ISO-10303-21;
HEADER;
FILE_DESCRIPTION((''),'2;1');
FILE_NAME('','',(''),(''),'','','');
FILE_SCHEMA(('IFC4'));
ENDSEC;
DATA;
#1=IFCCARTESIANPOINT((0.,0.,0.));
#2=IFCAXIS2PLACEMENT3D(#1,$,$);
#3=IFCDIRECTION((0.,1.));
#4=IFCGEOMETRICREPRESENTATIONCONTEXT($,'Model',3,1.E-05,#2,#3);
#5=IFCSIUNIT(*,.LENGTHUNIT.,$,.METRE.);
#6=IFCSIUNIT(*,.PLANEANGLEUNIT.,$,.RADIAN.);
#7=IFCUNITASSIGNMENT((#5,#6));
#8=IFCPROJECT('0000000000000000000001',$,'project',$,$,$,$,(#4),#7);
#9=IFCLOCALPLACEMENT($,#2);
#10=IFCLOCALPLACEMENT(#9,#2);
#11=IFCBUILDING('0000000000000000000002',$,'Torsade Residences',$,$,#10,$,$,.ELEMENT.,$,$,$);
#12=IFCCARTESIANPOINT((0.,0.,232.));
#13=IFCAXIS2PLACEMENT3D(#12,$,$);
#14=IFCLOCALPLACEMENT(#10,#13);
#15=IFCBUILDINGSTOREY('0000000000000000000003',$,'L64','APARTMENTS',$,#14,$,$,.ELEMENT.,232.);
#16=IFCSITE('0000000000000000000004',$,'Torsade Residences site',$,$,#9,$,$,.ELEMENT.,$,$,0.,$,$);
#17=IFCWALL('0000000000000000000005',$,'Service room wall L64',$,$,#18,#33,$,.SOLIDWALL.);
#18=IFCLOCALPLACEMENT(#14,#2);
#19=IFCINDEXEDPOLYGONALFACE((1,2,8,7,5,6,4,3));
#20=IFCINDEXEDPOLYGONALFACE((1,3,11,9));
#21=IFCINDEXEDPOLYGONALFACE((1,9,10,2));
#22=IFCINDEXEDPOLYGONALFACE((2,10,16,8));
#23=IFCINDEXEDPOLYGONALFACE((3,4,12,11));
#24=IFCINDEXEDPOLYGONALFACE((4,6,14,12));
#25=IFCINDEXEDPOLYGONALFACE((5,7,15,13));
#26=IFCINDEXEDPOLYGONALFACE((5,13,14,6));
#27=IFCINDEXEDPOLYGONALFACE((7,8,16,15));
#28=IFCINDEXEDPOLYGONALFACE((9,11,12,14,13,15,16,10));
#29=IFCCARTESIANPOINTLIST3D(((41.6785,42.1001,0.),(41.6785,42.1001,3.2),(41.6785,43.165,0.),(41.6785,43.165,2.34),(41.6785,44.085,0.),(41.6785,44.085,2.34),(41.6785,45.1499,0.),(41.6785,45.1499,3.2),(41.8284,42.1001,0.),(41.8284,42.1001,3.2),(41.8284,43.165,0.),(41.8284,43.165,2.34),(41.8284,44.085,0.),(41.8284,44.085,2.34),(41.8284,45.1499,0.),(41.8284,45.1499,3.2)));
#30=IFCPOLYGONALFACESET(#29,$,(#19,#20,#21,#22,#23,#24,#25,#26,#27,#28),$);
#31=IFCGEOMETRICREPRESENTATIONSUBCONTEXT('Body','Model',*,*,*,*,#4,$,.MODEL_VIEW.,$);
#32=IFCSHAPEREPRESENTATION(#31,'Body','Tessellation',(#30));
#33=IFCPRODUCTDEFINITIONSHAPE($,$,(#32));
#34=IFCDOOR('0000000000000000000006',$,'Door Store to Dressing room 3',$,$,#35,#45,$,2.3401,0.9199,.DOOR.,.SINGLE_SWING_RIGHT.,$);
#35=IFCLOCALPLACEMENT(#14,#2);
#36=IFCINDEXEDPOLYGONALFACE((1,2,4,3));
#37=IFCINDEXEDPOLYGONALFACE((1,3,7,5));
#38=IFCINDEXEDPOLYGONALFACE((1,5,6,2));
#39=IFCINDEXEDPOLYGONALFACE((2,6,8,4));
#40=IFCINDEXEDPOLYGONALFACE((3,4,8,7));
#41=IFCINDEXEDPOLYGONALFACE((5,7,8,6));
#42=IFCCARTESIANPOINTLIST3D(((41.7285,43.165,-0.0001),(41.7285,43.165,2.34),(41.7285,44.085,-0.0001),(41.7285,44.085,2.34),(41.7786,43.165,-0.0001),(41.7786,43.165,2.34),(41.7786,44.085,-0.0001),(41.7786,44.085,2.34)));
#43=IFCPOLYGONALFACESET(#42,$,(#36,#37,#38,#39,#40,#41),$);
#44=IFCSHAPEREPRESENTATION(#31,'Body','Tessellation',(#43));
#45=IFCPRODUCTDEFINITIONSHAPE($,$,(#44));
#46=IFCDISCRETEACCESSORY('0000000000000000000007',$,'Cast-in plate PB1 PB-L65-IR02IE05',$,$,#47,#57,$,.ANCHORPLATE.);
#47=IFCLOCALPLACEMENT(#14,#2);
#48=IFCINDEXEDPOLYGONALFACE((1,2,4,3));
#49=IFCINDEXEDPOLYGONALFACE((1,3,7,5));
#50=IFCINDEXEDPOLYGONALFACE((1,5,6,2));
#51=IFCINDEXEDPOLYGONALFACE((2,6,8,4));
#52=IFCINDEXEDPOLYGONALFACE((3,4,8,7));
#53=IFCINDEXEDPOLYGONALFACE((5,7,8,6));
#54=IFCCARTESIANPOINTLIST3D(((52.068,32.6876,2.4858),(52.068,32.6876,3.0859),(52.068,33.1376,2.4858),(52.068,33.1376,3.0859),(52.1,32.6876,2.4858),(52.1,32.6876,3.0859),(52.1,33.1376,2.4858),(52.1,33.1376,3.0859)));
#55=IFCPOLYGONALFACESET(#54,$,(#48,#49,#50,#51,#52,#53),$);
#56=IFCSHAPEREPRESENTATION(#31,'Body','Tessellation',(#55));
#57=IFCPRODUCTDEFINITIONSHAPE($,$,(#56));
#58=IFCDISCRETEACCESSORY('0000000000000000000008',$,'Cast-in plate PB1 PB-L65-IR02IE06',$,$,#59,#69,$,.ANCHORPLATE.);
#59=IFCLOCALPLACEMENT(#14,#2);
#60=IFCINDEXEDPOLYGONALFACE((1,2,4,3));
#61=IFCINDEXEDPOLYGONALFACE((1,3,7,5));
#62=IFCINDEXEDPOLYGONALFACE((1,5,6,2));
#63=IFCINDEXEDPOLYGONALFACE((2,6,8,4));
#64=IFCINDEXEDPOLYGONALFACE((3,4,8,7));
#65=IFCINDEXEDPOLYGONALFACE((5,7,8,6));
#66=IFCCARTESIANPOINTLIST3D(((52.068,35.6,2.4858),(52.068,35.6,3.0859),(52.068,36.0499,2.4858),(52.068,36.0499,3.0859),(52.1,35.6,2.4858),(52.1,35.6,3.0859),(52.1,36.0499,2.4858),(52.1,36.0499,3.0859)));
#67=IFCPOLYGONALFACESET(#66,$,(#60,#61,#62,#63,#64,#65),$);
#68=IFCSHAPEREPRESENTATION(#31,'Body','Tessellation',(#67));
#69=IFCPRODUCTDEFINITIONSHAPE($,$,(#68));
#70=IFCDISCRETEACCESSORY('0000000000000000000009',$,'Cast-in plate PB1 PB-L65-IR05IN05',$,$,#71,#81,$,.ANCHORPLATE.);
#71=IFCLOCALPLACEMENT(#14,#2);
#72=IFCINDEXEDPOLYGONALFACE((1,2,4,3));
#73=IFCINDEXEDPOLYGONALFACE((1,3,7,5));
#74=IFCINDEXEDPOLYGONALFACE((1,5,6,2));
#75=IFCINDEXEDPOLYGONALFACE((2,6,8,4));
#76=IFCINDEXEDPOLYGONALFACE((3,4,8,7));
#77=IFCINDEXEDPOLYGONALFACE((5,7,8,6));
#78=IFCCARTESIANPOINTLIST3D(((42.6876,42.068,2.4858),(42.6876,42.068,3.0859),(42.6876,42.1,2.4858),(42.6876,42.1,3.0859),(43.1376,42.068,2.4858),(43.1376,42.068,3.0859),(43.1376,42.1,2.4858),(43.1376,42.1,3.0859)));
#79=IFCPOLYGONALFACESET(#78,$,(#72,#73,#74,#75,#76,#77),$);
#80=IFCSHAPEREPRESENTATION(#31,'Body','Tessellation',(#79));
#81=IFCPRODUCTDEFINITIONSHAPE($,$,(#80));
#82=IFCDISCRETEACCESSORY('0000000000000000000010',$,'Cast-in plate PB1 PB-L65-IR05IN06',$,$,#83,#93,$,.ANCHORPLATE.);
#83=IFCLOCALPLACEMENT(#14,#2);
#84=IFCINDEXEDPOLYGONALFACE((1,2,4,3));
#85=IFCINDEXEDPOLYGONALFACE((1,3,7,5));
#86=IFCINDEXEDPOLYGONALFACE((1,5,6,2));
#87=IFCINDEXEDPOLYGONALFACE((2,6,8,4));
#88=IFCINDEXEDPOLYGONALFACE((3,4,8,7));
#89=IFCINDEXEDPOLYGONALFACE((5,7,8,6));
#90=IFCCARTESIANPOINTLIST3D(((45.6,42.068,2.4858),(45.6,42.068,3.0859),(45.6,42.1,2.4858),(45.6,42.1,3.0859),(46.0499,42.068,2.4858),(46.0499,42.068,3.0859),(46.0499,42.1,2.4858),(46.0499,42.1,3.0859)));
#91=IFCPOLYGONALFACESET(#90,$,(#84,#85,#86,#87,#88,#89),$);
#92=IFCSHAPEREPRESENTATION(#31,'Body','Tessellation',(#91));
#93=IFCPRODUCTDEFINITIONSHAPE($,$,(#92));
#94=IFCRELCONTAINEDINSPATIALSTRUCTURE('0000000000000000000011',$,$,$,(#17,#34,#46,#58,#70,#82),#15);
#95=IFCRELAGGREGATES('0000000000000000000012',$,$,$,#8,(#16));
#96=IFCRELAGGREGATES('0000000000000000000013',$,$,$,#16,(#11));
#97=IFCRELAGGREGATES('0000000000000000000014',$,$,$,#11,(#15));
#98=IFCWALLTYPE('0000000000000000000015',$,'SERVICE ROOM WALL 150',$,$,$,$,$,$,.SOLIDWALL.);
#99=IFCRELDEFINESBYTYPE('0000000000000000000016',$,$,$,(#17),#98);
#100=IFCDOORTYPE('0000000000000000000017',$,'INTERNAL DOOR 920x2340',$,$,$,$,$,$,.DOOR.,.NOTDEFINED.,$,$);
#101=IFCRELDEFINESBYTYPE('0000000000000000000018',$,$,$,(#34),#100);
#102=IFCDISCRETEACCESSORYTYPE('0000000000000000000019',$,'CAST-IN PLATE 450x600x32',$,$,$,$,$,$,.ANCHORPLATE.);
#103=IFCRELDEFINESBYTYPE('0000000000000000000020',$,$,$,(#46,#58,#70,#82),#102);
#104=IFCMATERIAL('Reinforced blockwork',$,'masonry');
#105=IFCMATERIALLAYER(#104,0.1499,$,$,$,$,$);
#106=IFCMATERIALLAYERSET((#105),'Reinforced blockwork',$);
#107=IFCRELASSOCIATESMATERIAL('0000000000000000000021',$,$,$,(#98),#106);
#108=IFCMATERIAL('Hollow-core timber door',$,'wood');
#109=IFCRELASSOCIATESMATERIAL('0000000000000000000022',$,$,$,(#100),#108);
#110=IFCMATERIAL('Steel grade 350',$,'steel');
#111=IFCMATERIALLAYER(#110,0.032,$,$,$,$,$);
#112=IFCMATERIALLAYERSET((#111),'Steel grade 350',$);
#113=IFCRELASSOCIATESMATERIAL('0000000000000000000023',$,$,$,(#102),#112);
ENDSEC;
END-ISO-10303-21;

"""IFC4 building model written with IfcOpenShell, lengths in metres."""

from ifc_helpers import new_model, si_unit, direction, frame, frame_2d, origin, origin_2d, place, context, subcontext, project, spatial, rectangle, extrude, material, layer, layer_set, type_object, element, fill, save


model = new_model("IFC4")

# Units and contexts
model_context = context("Model", 3, precision=1e-05, world=origin(), true_north=direction((0.0, 1.0)))
body_context = subcontext(model_context, "Body", "Model", "MODEL_VIEW")
ifc_project = project(units=[si_unit("LENGTHUNIT", "METRE"), si_unit("PLANEANGLEUNIT", "RADIAN")], contexts=[model_context])

# Site, building, storey
site_placement = place(None, origin())
site = spatial("IfcSite", under=ifc_project, at=site_placement, Name="Torsade Residences site", CompositionType="ELEMENT", RefElevation=0.0)
building_placement = place(site_placement, origin())
building = spatial("IfcBuilding", under=site, at=building_placement, Name="Torsade Residences", CompositionType="ELEMENT")
storey_placement = place(building_placement, frame((0.0, 0.0, 232.0)))
storey = spatial("IfcBuildingStorey", under=building, at=storey_placement, Name="L64", Description="APARTMENTS", CompositionType="ELEMENT", Elevation=232.0)

# Shared definitions
ifc_material_1 = material(Name="Reinforced blockwork", Category="masonry")
ifc_layer_1 = layer(ifc_material_1, 0.1499)
ifc_layer_set_1 = layer_set([ifc_layer_1], Name="Reinforced blockwork")
wall_type_1 = type_object("IfcWallType", Name="SERVICE ROOM WALL 150", PredefinedType="SOLIDWALL", material=ifc_layer_set_1)

# Wall, opening, door
wall_1_placement = place(storey_placement, frame((41.7534, 42.1001, 0.0), z_axis=(0.0, 0.0, 1.0), x_axis=(0.0, 1.0, 0.0)))
wall_1 = element("IfcWall", 1, at=wall_1_placement, inside=storey, type_object=wall_type_1, Name="Service room wall L64", PredefinedType="SOLIDWALL", context=body_context, shape_type="SweptSolid", body=[
    extrude(rectangle(XDim=3.0498, YDim=0.1499, at=frame_2d((1.5249, 0.0))), origin(), (0.0, 0.0, 1.0), 3.2),
])
opening_1_placement = place(wall_1_placement, frame((1.0649, 0.0, 0.0)))
opening_1 = element("IfcOpeningElement", 2, at=opening_1_placement, cuts=wall_1, PredefinedType="OPENING", context=body_context, shape_type="SweptSolid", body=[
    extrude(rectangle(XDim=0.9199, YDim=2.3401, at=frame_2d((0.46, 1.1699))), frame((0.0, 0.085, 0.0), z_axis=(0.0, -1.0, 0.0), x_axis=(1.0, 0.0, 0.0)), (0.0, 0.0, 1.0), 0.1699),
])
ifc_material_2 = material(Name="Hollow-core timber door", Category="wood")
door_type_1 = type_object("IfcDoorType", Name="INTERNAL DOOR 920x2340", OperationType="NOTDEFINED", PredefinedType="DOOR", material=ifc_material_2)
door_1_placement = place(opening_1_placement, origin())
door_1 = element("IfcDoor", 3, at=door_1_placement, inside=storey, type_object=door_type_1, Name="Door Store to Dressing room 3", OperationType="SINGLE_SWING_RIGHT", OverallHeight=2.3401, OverallWidth=0.9199, PredefinedType="DOOR", context=body_context, shape_type="SweptSolid", body=[
    extrude(rectangle(XDim=0.9199, YDim=2.3401, at=frame_2d((0.46, 1.1699))), frame((0.0, 0.0249, 0.0), z_axis=(0.0, -1.0, 0.0), x_axis=(1.0, 0.0, 0.0)), (0.0, 0.0, 1.0), 0.05),
])
fill(opening_1, door_1)

# Discrete accessories
ifc_material_3 = material(Name="Steel grade 350", Category="steel")
ifc_layer_2 = layer(ifc_material_3, 0.032)
ifc_layer_set_2 = layer_set([ifc_layer_2], Name="Steel grade 350")
discrete_accessory_type = type_object("IfcDiscreteAccessoryType", Name="CAST-IN PLATE 450x600x32", PredefinedType="ANCHORPLATE", material=ifc_layer_set_2)
for number, where, z_axis, x_axis, name in (
    (4, (52.084, 32.9126, 2.4858), (0.0, 0.0, 1.0), (1.0, 0.0, 0.0), "Cast-in plate PB1 PB-L65-IR02IE05"),
    (5, (52.084, 35.825, 2.4858), (0.0, 0.0, 1.0), (1.0, 0.0, 0.0), "Cast-in plate PB1 PB-L65-IR02IE06"),
):
    element("IfcDiscreteAccessory", number, at=place(storey_placement, frame(where, z_axis=z_axis, x_axis=x_axis)), inside=storey, type_object=discrete_accessory_type, Name=name, PredefinedType="ANCHORPLATE", context=body_context, shape_type="SweptSolid", body=[
        extrude(rectangle(XDim=0.032, YDim=0.45, at=origin_2d()), origin(), (0.0, 0.0, 1.0), 0.6001),
    ])
for number, where, z_axis, x_axis, name in (
    (6, (42.9126, 42.084, 2.4858), (0.0, 0.0, 1.0), (1.0, 0.0, 0.0), "Cast-in plate PB1 PB-L65-IR05IN05"),
    (7, (45.825, 42.084, 2.4858), (0.0, 0.0, 1.0), (1.0, 0.0, 0.0), "Cast-in plate PB1 PB-L65-IR05IN06"),
):
    element("IfcDiscreteAccessory", number, at=place(storey_placement, frame(where, z_axis=z_axis, x_axis=x_axis)), inside=storey, type_object=discrete_accessory_type, Name=name, PredefinedType="ANCHORPLATE", context=body_context, shape_type="SweptSolid", body=[
        extrude(rectangle(XDim=0.45, YDim=0.032, at=origin_2d()), origin(), (0.0, 0.0, 1.0), 0.6001),
    ])

save(model, "model.ifc")
